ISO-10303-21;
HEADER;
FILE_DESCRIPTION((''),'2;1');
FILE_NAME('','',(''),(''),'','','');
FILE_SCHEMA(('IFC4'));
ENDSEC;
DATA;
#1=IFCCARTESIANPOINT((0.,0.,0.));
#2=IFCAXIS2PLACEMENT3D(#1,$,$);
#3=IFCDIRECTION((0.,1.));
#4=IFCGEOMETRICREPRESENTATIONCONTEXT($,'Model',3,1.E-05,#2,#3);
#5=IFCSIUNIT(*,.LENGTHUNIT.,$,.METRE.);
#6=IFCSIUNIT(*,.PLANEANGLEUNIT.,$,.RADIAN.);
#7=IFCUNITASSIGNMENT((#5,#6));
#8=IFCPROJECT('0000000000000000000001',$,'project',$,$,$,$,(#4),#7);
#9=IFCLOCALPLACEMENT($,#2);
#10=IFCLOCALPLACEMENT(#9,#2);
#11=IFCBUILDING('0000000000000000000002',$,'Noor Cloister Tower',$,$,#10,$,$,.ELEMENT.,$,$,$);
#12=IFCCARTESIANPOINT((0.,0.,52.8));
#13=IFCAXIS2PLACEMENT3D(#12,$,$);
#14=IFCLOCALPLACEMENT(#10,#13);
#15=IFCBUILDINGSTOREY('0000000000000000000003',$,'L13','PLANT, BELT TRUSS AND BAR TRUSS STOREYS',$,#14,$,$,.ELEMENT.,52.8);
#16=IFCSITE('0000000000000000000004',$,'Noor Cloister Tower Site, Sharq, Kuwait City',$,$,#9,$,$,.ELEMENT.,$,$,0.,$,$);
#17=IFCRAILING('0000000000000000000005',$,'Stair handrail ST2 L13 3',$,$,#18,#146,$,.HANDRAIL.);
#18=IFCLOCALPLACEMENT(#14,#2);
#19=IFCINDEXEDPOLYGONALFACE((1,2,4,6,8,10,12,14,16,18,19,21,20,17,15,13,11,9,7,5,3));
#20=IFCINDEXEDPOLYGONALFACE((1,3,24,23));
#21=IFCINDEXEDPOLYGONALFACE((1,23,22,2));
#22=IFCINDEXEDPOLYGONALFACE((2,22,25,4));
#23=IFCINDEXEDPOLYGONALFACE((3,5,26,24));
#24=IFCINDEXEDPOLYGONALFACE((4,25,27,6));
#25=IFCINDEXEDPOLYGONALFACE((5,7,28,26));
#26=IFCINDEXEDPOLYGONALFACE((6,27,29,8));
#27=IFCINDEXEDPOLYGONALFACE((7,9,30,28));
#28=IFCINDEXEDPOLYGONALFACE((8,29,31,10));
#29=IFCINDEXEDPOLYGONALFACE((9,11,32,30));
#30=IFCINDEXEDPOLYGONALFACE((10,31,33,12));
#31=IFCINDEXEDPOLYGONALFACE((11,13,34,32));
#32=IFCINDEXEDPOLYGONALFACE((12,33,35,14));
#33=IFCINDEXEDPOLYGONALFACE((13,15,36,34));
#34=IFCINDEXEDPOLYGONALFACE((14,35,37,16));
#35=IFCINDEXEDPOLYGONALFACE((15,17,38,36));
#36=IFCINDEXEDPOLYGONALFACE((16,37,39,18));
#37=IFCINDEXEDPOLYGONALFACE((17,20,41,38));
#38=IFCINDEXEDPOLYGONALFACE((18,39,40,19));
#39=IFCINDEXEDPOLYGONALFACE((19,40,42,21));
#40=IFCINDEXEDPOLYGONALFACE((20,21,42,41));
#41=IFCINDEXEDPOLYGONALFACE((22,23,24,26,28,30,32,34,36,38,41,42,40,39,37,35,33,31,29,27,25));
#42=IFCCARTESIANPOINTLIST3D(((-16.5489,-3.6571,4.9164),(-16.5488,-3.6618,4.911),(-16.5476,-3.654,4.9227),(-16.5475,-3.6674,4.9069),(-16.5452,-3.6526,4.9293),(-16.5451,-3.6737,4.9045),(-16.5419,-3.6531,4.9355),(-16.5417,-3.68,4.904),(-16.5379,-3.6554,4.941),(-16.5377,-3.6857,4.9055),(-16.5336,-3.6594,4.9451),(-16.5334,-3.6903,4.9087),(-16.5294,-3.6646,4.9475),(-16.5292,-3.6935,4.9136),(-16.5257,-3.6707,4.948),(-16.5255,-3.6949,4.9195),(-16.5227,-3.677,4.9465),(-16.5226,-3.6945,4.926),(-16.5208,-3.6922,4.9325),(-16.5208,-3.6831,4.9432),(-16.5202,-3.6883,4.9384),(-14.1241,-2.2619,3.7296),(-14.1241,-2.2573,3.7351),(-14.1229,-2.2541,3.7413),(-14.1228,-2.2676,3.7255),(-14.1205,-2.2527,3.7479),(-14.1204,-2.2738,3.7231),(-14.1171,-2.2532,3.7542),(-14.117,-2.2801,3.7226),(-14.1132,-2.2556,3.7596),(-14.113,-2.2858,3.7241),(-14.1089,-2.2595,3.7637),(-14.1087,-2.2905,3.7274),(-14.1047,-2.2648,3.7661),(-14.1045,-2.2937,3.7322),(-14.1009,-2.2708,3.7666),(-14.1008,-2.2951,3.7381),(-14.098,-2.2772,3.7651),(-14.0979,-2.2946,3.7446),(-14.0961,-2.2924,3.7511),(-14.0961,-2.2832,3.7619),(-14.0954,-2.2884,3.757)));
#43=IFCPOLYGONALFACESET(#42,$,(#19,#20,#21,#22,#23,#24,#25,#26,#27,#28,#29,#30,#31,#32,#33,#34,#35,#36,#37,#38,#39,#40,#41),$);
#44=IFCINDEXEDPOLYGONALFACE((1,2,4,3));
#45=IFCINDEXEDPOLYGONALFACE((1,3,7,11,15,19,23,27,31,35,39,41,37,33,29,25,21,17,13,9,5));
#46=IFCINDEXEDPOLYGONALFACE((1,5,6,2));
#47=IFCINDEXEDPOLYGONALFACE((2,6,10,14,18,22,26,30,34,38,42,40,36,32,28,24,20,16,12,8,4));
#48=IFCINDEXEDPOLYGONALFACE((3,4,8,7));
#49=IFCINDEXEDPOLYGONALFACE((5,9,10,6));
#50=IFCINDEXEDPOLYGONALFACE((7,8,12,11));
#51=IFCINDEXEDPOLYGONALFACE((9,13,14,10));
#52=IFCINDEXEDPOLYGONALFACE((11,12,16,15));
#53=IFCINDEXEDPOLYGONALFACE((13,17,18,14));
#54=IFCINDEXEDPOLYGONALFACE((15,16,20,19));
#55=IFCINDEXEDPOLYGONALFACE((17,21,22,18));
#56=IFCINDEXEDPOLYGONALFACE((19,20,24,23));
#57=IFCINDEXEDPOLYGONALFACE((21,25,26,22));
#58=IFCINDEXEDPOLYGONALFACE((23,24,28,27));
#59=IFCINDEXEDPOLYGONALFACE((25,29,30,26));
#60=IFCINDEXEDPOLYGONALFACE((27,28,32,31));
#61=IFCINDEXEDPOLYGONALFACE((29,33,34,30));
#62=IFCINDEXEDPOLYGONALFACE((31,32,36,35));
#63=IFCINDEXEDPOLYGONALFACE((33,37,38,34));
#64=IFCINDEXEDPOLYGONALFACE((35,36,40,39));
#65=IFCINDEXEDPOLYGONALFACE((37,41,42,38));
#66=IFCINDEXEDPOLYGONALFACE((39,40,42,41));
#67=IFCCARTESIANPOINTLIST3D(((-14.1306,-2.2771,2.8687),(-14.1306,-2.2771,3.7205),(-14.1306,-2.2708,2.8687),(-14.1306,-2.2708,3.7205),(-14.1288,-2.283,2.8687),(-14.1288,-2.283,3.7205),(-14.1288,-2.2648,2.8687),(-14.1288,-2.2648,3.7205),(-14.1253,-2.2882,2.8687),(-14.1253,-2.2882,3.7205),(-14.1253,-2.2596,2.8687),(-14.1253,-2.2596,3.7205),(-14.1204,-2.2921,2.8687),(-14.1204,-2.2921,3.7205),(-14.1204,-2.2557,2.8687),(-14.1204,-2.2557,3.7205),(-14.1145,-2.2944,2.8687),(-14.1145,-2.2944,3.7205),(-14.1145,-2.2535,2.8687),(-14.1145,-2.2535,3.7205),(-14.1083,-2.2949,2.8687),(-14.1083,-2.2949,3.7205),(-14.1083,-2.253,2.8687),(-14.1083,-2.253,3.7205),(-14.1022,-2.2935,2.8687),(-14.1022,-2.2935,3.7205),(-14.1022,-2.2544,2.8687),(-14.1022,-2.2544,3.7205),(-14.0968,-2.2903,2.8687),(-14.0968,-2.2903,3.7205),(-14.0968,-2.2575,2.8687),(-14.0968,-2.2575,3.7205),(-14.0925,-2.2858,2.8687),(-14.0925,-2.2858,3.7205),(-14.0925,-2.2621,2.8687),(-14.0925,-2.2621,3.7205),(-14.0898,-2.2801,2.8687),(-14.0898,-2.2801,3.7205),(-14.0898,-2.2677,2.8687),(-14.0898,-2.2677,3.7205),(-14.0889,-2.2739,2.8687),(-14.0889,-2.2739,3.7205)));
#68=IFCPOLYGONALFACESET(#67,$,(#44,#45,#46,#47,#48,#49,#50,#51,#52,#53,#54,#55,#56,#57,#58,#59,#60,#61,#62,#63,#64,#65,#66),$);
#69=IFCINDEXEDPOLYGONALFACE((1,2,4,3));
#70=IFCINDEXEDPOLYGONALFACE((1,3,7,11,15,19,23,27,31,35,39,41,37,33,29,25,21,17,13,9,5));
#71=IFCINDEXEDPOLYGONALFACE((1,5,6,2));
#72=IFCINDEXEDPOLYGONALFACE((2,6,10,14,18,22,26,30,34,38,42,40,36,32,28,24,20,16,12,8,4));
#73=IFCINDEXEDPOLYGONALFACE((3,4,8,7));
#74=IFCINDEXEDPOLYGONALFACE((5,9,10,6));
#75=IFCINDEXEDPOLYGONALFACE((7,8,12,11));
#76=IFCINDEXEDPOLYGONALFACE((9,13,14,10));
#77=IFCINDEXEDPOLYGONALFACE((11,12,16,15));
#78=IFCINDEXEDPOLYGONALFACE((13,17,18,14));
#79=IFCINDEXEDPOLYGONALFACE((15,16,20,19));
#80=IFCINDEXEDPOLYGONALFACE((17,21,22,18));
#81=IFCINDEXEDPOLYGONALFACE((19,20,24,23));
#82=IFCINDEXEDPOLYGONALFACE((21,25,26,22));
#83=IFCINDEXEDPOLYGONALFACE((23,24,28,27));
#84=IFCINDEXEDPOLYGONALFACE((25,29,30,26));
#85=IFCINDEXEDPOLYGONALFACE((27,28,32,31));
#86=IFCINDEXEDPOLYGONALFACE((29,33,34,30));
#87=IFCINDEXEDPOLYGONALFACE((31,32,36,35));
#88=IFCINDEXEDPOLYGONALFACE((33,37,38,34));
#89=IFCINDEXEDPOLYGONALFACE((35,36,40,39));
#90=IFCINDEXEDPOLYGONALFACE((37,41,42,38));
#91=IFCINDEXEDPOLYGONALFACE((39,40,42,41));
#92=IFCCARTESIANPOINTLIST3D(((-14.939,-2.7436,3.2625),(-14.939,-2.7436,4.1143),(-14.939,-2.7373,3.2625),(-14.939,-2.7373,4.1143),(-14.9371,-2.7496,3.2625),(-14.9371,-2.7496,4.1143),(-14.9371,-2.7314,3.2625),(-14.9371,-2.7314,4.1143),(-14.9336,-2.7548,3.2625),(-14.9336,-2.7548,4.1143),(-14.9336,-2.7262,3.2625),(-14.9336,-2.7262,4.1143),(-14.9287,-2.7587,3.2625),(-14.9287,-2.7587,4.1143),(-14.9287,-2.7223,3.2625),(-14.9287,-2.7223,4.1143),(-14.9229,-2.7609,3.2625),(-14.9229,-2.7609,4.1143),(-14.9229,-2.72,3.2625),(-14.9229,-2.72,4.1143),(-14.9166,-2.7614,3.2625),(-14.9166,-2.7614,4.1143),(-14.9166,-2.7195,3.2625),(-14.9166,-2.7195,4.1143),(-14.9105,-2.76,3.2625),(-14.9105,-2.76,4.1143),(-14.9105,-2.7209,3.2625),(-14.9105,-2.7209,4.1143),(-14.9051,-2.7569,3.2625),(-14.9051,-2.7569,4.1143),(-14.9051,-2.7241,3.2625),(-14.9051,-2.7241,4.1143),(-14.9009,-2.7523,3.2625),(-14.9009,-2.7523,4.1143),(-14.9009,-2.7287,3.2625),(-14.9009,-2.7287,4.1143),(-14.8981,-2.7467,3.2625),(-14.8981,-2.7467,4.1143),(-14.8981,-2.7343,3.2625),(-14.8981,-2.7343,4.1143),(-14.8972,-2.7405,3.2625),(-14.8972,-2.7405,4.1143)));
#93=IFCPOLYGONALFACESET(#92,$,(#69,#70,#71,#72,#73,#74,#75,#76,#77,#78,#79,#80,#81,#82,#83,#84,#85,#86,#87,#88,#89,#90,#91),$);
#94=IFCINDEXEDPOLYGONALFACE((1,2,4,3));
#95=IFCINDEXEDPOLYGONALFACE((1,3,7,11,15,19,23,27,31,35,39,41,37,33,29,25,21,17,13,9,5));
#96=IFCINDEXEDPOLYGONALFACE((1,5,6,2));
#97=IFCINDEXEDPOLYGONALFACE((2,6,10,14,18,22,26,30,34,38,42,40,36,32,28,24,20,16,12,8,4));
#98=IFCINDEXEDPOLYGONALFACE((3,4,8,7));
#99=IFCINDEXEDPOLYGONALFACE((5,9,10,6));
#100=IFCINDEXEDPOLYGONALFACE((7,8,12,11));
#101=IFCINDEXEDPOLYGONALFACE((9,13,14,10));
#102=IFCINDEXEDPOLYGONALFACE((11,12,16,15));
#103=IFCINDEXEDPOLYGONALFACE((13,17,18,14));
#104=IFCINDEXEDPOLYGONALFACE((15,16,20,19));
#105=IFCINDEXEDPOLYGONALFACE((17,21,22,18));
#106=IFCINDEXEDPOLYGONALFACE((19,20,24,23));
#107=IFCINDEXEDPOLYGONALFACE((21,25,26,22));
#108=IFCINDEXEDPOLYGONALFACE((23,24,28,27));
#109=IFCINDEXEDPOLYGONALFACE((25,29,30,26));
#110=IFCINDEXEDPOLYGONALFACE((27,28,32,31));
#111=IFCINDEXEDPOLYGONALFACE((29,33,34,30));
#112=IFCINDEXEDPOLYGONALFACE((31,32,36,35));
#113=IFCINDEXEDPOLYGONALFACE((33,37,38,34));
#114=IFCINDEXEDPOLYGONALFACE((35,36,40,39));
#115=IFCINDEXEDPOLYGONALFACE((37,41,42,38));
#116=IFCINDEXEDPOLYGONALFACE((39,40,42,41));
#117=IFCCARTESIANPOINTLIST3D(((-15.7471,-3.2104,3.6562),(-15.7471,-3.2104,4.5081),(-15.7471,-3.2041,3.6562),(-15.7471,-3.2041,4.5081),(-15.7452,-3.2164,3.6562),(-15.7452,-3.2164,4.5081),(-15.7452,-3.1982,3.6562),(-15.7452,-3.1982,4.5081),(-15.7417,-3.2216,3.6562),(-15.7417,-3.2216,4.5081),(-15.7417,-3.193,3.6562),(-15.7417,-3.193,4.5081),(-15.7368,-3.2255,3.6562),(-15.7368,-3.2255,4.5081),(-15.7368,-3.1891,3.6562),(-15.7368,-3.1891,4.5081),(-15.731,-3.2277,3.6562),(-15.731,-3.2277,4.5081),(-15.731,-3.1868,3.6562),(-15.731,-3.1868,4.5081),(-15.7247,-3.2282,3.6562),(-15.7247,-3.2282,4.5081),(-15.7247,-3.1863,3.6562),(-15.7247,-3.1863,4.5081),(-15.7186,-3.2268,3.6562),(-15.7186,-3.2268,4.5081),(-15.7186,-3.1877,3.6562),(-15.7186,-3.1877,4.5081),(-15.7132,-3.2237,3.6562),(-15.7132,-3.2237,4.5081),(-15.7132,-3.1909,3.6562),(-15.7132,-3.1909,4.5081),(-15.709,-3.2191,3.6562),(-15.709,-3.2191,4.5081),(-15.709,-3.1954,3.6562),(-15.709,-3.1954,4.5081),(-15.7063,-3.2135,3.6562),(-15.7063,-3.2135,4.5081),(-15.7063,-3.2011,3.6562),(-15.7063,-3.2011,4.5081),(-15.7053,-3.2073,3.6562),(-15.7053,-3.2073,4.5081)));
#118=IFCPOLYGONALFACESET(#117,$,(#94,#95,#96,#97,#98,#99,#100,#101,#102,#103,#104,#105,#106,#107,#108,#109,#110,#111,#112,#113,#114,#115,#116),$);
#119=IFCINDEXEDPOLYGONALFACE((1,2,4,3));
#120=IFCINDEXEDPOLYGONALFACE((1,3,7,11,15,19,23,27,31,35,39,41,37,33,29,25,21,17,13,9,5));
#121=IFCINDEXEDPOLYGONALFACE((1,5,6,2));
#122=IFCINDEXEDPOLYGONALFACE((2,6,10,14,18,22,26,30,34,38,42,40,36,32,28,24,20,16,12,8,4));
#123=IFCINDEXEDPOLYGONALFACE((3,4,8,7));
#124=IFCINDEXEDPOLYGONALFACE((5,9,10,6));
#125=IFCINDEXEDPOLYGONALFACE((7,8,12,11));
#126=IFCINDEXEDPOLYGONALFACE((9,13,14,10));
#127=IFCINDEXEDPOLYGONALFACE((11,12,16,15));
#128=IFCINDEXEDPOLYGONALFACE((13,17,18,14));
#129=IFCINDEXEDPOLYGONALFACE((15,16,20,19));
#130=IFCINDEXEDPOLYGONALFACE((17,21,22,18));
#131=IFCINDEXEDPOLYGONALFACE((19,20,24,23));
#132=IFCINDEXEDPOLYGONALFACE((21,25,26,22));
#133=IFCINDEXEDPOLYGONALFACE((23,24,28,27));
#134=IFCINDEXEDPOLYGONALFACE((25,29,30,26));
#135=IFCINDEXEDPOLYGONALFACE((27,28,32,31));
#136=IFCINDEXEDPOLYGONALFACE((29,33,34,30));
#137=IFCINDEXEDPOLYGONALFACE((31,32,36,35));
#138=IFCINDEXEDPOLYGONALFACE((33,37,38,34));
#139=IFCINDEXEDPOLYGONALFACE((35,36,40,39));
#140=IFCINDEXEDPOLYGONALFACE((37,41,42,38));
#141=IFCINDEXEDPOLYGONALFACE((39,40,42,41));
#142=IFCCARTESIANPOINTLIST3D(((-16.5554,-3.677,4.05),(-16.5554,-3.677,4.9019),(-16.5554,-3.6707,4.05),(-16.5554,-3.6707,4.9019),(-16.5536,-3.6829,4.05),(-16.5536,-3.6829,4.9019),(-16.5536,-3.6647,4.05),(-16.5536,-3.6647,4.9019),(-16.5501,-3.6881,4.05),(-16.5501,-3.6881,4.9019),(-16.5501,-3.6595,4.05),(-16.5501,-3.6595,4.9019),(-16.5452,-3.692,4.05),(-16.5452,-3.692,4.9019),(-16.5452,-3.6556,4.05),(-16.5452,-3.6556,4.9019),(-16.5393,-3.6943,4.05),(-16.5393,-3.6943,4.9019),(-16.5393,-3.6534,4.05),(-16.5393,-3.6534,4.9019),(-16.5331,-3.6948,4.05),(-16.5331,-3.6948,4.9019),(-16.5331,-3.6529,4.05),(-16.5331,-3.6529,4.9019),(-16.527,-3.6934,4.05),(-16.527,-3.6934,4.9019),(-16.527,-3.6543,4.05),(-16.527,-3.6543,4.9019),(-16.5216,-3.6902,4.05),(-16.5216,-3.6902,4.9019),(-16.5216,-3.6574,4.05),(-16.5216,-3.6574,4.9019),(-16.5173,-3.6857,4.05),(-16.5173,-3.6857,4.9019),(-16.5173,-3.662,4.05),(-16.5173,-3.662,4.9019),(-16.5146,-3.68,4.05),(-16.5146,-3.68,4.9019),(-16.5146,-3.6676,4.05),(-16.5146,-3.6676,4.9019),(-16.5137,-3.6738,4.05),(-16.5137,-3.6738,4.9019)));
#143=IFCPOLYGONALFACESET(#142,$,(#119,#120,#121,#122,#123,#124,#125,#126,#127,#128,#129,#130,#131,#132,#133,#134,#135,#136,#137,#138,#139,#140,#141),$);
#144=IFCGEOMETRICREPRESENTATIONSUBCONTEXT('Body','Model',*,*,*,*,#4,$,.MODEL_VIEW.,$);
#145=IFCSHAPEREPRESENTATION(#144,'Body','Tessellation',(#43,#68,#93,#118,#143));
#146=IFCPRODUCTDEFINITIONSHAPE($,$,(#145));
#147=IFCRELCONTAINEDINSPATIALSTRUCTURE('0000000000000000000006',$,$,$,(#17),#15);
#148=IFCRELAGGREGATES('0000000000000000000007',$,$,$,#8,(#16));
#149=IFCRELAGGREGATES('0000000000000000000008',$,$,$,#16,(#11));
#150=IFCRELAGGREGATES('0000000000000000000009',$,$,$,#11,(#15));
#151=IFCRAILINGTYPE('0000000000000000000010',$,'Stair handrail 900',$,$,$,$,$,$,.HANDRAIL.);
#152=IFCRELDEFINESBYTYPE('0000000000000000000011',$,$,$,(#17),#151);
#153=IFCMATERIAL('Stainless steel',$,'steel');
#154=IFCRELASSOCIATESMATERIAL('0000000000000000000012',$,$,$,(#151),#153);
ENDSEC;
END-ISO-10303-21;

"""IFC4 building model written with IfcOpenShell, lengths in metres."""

from ifc_helpers import new_model, si_unit, direction, frame, origin, origin_2d, place, context, subcontext, project, spatial, circle, extrude, material, type_object, element, save


model = new_model("IFC4")

# Units and contexts
model_context = context("Model", 3, precision=1e-05, world=origin(), true_north=direction((0.0, 1.0)))
body_context = subcontext(model_context, "Body", "Model", "MODEL_VIEW")
ifc_project = project(units=[si_unit("LENGTHUNIT", "METRE"), si_unit("PLANEANGLEUNIT", "RADIAN")], contexts=[model_context])

# Site, building, storey
site_placement = place(None, origin())
site = spatial("IfcSite", under=ifc_project, at=site_placement, Name="Noor Cloister Tower Site, Sharq, Kuwait City", CompositionType="ELEMENT", RefElevation=0.0)
building_placement = place(site_placement, origin())
building = spatial("IfcBuilding", under=site, at=building_placement, Name="Noor Cloister Tower", CompositionType="ELEMENT")
storey_placement = place(building_placement, frame((0.0, 0.0, 52.8)))
storey = spatial("IfcBuildingStorey", under=building, at=storey_placement, Name="L13", Description="PLANT, BELT TRUSS AND BAR TRUSS STOREYS", CompositionType="ELEMENT", Elevation=52.8)

# Railing
ifc_material_1 = material(Name="Stainless steel", Category="steel")
railing_type_1 = type_object("IfcRailingType", Name="Stair handrail 900", PredefinedType="HANDRAIL", material=ifc_material_1)
railing_1_placement = place(storey_placement, frame((-14.1099, -2.2739, 2.8687)))
element("IfcRailing", 1, at=railing_1_placement, inside=storey, type_object=railing_type_1, Name="Stair handrail ST2 L13 3", PredefinedType="HANDRAIL", context=body_context, shape_type="SweptSolid", body=[
    extrude(circle(Radius=0.0239, at=origin_2d()), frame((0.0, 0.0, 0.876), z_axis=(-0.797914, -0.460656, 0.388754), x_axis=(0.499984, -0.866035, 0.0)), (0.0, 0.0, 1.0), 3.0388),
    extrude(circle(Radius=0.021, at=origin_2d()), origin(), (0.0, 0.0, 1.0), 0.8518),
    extrude(circle(Radius=0.021, at=origin_2d()), frame((-0.8083, -0.4666, 0.3938)), (0.0, 0.0, 1.0), 0.8518),
    extrude(circle(Radius=0.021, at=origin_2d()), frame((-1.6165, -0.9333, 0.7876)), (0.0, 0.0, 1.0), 0.8518),
    extrude(circle(Radius=0.021, at=origin_2d()), frame((-2.4248, -1.3999, 1.1814)), (0.0, 0.0, 1.0), 0.8518),
])

save(model, "model.ifc")
